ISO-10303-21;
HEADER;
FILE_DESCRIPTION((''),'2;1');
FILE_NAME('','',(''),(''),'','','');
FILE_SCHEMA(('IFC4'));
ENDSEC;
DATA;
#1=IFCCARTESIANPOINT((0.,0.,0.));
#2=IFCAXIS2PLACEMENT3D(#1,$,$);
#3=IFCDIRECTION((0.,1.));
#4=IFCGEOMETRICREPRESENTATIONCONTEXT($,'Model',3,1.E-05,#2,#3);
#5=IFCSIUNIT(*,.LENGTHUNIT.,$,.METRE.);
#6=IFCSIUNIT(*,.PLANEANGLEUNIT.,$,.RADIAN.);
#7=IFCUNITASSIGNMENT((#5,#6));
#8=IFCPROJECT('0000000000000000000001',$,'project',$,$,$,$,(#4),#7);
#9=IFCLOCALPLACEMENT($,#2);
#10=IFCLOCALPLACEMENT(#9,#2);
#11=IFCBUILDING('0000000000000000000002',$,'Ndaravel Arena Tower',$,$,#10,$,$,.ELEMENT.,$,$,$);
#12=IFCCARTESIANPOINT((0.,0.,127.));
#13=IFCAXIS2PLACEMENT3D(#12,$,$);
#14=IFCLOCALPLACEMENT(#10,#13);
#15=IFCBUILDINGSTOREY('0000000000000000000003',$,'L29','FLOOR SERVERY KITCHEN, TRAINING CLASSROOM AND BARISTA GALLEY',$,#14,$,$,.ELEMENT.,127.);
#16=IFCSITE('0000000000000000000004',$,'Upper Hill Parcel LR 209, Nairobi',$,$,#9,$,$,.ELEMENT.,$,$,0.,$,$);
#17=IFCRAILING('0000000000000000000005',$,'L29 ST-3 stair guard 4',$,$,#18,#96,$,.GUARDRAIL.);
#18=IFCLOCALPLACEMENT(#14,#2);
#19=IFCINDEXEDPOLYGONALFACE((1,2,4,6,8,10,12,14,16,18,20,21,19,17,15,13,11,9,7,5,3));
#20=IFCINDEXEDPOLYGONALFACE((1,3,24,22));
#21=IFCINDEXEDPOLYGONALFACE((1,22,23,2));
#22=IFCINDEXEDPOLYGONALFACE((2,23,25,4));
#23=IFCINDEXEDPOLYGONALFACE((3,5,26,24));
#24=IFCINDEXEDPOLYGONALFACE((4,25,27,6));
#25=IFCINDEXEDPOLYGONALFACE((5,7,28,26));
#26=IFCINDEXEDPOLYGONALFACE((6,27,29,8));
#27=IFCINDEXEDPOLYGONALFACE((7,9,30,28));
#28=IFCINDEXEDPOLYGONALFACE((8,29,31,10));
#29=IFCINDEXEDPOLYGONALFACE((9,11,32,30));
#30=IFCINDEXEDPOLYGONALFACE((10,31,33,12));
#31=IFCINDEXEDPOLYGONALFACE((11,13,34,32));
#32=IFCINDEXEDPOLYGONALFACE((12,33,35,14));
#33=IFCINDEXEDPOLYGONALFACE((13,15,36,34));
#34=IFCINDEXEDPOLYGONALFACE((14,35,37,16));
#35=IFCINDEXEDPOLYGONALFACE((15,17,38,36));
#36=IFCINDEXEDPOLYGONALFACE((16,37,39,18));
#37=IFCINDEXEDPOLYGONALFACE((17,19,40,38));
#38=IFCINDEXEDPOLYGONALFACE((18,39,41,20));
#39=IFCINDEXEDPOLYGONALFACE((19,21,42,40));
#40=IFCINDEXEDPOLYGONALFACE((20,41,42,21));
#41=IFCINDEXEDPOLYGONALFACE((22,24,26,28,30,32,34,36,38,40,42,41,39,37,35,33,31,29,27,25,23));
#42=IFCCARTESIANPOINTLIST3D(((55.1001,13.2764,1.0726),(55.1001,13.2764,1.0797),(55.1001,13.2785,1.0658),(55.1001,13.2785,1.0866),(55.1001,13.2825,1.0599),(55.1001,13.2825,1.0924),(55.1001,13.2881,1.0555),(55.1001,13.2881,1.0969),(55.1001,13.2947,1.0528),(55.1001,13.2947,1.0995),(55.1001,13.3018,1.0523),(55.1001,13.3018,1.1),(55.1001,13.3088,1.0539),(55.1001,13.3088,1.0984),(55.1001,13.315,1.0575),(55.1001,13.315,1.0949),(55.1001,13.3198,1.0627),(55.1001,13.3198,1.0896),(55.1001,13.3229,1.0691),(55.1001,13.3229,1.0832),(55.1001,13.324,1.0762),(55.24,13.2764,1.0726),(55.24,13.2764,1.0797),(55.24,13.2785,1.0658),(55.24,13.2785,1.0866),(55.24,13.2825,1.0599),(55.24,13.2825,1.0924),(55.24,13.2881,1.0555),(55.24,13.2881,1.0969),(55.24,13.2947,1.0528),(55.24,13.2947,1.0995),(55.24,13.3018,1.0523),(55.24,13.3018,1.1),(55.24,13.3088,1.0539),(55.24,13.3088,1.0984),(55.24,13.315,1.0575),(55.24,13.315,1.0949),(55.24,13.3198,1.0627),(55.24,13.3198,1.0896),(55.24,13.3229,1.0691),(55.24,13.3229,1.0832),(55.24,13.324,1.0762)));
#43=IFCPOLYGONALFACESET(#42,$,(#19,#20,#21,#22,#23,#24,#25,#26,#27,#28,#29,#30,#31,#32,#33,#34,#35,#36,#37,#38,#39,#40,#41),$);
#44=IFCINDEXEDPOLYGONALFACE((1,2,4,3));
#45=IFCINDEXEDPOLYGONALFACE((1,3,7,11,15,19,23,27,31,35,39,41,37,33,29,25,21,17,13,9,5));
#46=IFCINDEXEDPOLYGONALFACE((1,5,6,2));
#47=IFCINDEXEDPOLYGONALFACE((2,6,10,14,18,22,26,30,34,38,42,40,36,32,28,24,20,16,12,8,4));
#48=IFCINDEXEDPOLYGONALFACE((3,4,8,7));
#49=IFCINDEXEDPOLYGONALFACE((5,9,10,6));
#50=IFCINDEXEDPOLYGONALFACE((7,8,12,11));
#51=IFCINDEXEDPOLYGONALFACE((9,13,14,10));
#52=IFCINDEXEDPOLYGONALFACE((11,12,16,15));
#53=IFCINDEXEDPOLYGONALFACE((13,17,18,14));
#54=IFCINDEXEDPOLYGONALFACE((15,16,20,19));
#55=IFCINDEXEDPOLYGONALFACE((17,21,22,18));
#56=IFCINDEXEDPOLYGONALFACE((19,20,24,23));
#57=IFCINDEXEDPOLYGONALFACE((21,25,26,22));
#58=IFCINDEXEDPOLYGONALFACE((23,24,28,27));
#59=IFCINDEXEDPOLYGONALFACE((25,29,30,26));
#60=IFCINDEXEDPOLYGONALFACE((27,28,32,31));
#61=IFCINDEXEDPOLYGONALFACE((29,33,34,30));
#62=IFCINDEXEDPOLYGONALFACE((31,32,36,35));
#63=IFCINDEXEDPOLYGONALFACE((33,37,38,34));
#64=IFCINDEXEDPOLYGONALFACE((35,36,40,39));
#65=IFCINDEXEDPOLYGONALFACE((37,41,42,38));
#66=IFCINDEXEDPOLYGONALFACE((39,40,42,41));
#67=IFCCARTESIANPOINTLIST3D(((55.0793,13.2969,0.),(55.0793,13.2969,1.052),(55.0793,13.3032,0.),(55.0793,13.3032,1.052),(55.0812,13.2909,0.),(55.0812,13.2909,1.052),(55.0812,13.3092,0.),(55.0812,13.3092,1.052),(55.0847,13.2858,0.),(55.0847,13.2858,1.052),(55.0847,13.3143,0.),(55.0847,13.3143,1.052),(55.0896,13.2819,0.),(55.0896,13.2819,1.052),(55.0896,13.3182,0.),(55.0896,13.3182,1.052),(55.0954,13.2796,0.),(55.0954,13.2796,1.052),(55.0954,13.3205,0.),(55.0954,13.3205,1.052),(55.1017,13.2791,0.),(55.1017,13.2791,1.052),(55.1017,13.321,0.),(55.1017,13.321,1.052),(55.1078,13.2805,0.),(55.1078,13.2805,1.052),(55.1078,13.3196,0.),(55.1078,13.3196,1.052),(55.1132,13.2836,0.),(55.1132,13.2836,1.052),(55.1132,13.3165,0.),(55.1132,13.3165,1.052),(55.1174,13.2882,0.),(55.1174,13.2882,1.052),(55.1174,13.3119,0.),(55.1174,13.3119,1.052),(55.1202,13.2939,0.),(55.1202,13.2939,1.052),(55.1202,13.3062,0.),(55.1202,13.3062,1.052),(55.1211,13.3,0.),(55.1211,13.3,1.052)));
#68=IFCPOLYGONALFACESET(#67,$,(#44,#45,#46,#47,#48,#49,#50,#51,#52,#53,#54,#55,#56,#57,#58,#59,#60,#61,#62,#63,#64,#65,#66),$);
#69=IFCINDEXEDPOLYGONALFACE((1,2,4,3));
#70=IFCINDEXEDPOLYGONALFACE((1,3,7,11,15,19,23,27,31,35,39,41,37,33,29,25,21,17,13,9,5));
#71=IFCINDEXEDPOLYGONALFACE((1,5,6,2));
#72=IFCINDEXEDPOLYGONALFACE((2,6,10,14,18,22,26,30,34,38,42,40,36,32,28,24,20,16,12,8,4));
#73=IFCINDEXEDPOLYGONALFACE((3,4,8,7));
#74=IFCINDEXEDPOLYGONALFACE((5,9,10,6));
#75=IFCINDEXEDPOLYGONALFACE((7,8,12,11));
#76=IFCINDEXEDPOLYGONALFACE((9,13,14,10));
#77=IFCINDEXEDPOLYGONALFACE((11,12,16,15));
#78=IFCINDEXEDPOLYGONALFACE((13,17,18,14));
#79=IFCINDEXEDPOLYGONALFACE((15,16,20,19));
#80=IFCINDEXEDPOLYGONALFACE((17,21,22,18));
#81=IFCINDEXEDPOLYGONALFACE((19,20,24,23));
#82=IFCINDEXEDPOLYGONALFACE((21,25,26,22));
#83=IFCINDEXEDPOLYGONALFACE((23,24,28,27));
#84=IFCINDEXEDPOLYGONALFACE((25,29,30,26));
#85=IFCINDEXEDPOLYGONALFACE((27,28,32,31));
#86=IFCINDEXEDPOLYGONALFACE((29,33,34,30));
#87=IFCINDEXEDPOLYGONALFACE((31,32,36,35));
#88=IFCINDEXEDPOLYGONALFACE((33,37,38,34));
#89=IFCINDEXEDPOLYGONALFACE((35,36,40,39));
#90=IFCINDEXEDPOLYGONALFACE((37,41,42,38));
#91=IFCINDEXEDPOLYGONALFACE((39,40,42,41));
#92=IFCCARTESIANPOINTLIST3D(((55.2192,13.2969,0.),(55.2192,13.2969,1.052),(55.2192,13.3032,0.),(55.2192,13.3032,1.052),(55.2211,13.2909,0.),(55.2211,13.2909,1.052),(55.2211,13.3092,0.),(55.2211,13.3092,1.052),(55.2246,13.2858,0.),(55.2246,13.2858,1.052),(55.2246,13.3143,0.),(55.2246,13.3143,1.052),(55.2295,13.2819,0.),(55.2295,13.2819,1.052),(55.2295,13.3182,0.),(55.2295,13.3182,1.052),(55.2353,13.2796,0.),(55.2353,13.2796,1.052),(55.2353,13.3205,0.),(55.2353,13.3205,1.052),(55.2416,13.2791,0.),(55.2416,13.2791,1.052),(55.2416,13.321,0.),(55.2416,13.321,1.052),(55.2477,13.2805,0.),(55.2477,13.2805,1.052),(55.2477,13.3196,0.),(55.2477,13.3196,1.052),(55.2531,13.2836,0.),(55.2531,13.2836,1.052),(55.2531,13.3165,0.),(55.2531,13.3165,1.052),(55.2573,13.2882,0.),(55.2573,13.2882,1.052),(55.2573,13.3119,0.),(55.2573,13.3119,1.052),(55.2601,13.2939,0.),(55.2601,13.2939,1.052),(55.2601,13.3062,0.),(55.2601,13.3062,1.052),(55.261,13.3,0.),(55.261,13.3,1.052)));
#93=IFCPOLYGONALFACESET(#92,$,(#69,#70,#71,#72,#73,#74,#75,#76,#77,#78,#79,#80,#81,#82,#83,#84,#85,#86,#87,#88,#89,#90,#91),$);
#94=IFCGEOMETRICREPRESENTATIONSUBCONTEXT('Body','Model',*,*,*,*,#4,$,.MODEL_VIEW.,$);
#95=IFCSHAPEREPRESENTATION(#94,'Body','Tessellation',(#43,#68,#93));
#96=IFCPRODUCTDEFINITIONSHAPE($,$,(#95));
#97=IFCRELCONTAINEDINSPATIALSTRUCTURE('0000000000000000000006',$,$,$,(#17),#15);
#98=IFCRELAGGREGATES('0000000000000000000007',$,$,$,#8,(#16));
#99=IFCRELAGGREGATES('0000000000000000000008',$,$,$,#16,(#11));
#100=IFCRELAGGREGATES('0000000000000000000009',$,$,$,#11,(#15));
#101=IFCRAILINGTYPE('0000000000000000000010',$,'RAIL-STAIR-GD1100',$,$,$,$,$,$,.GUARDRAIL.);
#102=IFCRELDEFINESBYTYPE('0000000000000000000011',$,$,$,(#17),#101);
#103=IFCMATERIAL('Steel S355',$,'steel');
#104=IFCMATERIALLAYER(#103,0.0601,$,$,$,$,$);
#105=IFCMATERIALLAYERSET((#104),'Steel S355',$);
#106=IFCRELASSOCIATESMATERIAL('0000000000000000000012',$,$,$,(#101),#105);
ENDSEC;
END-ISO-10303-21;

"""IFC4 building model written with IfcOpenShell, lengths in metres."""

from ifc_helpers import new_model, si_unit, direction, frame, origin, origin_2d, place, context, subcontext, project, spatial, circle, extrude, material, layer, layer_set, type_object, element, save


model = new_model("IFC4")

# Units and contexts
model_context = context("Model", 3, precision=1e-05, world=origin(), true_north=direction((0.0, 1.0)))
body_context = subcontext(model_context, "Body", "Model", "MODEL_VIEW")
ifc_project = project(units=[si_unit("LENGTHUNIT", "METRE"), si_unit("PLANEANGLEUNIT", "RADIAN")], contexts=[model_context])

# Site, building, storey
site_placement = place(None, origin())
site = spatial("IfcSite", under=ifc_project, at=site_placement, Name="Upper Hill Parcel LR 209, Nairobi", CompositionType="ELEMENT", RefElevation=0.0)
building_placement = place(site_placement, origin())
building = spatial("IfcBuilding", under=site, at=building_placement, Name="Ndaravel Arena Tower", CompositionType="ELEMENT")
storey_placement = place(building_placement, frame((0.0, 0.0, 127.0)))
storey = spatial("IfcBuildingStorey", under=building, at=storey_placement, Name="L29", Description="FLOOR SERVERY KITCHEN, TRAINING CLASSROOM AND BARISTA GALLEY", CompositionType="ELEMENT", Elevation=127.0)

# Railing
ifc_material_1 = material(Name="Steel S355", Category="steel")
ifc_layer_1 = layer(ifc_material_1, 0.0601)
ifc_layer_set_1 = layer_set([ifc_layer_1], Name="Steel S355")
railing_type_1 = type_object("IfcRailingType", Name="RAIL-STAIR-GD1100", PredefinedType="GUARDRAIL", material=ifc_layer_set_1)
railing_1_placement = place(storey_placement, frame((55.1001, 13.3, 0.0)))
element("IfcRailing", 1, at=railing_1_placement, inside=storey, type_object=railing_type_1, Name="L29 ST-3 stair guard 4", PredefinedType="GUARDRAIL", context=body_context, shape_type="SweptSolid", body=[
    extrude(circle(Radius=0.0239, at=origin_2d()), frame((0.0, 0.0, 1.0762), z_axis=(1.0, 0.0, 0.0), x_axis=(0.0, 1.0, 0.0)), (0.0, 0.0, 1.0), 0.1399),
    extrude(circle(Radius=0.021, at=origin_2d()), origin(), (0.0, 0.0, 1.0), 1.052),
    extrude(circle(Radius=0.021, at=origin_2d()), frame((0.1399, 0.0, 0.0)), (0.0, 0.0, 1.0), 1.052),
])

save(model, "model.ifc")
